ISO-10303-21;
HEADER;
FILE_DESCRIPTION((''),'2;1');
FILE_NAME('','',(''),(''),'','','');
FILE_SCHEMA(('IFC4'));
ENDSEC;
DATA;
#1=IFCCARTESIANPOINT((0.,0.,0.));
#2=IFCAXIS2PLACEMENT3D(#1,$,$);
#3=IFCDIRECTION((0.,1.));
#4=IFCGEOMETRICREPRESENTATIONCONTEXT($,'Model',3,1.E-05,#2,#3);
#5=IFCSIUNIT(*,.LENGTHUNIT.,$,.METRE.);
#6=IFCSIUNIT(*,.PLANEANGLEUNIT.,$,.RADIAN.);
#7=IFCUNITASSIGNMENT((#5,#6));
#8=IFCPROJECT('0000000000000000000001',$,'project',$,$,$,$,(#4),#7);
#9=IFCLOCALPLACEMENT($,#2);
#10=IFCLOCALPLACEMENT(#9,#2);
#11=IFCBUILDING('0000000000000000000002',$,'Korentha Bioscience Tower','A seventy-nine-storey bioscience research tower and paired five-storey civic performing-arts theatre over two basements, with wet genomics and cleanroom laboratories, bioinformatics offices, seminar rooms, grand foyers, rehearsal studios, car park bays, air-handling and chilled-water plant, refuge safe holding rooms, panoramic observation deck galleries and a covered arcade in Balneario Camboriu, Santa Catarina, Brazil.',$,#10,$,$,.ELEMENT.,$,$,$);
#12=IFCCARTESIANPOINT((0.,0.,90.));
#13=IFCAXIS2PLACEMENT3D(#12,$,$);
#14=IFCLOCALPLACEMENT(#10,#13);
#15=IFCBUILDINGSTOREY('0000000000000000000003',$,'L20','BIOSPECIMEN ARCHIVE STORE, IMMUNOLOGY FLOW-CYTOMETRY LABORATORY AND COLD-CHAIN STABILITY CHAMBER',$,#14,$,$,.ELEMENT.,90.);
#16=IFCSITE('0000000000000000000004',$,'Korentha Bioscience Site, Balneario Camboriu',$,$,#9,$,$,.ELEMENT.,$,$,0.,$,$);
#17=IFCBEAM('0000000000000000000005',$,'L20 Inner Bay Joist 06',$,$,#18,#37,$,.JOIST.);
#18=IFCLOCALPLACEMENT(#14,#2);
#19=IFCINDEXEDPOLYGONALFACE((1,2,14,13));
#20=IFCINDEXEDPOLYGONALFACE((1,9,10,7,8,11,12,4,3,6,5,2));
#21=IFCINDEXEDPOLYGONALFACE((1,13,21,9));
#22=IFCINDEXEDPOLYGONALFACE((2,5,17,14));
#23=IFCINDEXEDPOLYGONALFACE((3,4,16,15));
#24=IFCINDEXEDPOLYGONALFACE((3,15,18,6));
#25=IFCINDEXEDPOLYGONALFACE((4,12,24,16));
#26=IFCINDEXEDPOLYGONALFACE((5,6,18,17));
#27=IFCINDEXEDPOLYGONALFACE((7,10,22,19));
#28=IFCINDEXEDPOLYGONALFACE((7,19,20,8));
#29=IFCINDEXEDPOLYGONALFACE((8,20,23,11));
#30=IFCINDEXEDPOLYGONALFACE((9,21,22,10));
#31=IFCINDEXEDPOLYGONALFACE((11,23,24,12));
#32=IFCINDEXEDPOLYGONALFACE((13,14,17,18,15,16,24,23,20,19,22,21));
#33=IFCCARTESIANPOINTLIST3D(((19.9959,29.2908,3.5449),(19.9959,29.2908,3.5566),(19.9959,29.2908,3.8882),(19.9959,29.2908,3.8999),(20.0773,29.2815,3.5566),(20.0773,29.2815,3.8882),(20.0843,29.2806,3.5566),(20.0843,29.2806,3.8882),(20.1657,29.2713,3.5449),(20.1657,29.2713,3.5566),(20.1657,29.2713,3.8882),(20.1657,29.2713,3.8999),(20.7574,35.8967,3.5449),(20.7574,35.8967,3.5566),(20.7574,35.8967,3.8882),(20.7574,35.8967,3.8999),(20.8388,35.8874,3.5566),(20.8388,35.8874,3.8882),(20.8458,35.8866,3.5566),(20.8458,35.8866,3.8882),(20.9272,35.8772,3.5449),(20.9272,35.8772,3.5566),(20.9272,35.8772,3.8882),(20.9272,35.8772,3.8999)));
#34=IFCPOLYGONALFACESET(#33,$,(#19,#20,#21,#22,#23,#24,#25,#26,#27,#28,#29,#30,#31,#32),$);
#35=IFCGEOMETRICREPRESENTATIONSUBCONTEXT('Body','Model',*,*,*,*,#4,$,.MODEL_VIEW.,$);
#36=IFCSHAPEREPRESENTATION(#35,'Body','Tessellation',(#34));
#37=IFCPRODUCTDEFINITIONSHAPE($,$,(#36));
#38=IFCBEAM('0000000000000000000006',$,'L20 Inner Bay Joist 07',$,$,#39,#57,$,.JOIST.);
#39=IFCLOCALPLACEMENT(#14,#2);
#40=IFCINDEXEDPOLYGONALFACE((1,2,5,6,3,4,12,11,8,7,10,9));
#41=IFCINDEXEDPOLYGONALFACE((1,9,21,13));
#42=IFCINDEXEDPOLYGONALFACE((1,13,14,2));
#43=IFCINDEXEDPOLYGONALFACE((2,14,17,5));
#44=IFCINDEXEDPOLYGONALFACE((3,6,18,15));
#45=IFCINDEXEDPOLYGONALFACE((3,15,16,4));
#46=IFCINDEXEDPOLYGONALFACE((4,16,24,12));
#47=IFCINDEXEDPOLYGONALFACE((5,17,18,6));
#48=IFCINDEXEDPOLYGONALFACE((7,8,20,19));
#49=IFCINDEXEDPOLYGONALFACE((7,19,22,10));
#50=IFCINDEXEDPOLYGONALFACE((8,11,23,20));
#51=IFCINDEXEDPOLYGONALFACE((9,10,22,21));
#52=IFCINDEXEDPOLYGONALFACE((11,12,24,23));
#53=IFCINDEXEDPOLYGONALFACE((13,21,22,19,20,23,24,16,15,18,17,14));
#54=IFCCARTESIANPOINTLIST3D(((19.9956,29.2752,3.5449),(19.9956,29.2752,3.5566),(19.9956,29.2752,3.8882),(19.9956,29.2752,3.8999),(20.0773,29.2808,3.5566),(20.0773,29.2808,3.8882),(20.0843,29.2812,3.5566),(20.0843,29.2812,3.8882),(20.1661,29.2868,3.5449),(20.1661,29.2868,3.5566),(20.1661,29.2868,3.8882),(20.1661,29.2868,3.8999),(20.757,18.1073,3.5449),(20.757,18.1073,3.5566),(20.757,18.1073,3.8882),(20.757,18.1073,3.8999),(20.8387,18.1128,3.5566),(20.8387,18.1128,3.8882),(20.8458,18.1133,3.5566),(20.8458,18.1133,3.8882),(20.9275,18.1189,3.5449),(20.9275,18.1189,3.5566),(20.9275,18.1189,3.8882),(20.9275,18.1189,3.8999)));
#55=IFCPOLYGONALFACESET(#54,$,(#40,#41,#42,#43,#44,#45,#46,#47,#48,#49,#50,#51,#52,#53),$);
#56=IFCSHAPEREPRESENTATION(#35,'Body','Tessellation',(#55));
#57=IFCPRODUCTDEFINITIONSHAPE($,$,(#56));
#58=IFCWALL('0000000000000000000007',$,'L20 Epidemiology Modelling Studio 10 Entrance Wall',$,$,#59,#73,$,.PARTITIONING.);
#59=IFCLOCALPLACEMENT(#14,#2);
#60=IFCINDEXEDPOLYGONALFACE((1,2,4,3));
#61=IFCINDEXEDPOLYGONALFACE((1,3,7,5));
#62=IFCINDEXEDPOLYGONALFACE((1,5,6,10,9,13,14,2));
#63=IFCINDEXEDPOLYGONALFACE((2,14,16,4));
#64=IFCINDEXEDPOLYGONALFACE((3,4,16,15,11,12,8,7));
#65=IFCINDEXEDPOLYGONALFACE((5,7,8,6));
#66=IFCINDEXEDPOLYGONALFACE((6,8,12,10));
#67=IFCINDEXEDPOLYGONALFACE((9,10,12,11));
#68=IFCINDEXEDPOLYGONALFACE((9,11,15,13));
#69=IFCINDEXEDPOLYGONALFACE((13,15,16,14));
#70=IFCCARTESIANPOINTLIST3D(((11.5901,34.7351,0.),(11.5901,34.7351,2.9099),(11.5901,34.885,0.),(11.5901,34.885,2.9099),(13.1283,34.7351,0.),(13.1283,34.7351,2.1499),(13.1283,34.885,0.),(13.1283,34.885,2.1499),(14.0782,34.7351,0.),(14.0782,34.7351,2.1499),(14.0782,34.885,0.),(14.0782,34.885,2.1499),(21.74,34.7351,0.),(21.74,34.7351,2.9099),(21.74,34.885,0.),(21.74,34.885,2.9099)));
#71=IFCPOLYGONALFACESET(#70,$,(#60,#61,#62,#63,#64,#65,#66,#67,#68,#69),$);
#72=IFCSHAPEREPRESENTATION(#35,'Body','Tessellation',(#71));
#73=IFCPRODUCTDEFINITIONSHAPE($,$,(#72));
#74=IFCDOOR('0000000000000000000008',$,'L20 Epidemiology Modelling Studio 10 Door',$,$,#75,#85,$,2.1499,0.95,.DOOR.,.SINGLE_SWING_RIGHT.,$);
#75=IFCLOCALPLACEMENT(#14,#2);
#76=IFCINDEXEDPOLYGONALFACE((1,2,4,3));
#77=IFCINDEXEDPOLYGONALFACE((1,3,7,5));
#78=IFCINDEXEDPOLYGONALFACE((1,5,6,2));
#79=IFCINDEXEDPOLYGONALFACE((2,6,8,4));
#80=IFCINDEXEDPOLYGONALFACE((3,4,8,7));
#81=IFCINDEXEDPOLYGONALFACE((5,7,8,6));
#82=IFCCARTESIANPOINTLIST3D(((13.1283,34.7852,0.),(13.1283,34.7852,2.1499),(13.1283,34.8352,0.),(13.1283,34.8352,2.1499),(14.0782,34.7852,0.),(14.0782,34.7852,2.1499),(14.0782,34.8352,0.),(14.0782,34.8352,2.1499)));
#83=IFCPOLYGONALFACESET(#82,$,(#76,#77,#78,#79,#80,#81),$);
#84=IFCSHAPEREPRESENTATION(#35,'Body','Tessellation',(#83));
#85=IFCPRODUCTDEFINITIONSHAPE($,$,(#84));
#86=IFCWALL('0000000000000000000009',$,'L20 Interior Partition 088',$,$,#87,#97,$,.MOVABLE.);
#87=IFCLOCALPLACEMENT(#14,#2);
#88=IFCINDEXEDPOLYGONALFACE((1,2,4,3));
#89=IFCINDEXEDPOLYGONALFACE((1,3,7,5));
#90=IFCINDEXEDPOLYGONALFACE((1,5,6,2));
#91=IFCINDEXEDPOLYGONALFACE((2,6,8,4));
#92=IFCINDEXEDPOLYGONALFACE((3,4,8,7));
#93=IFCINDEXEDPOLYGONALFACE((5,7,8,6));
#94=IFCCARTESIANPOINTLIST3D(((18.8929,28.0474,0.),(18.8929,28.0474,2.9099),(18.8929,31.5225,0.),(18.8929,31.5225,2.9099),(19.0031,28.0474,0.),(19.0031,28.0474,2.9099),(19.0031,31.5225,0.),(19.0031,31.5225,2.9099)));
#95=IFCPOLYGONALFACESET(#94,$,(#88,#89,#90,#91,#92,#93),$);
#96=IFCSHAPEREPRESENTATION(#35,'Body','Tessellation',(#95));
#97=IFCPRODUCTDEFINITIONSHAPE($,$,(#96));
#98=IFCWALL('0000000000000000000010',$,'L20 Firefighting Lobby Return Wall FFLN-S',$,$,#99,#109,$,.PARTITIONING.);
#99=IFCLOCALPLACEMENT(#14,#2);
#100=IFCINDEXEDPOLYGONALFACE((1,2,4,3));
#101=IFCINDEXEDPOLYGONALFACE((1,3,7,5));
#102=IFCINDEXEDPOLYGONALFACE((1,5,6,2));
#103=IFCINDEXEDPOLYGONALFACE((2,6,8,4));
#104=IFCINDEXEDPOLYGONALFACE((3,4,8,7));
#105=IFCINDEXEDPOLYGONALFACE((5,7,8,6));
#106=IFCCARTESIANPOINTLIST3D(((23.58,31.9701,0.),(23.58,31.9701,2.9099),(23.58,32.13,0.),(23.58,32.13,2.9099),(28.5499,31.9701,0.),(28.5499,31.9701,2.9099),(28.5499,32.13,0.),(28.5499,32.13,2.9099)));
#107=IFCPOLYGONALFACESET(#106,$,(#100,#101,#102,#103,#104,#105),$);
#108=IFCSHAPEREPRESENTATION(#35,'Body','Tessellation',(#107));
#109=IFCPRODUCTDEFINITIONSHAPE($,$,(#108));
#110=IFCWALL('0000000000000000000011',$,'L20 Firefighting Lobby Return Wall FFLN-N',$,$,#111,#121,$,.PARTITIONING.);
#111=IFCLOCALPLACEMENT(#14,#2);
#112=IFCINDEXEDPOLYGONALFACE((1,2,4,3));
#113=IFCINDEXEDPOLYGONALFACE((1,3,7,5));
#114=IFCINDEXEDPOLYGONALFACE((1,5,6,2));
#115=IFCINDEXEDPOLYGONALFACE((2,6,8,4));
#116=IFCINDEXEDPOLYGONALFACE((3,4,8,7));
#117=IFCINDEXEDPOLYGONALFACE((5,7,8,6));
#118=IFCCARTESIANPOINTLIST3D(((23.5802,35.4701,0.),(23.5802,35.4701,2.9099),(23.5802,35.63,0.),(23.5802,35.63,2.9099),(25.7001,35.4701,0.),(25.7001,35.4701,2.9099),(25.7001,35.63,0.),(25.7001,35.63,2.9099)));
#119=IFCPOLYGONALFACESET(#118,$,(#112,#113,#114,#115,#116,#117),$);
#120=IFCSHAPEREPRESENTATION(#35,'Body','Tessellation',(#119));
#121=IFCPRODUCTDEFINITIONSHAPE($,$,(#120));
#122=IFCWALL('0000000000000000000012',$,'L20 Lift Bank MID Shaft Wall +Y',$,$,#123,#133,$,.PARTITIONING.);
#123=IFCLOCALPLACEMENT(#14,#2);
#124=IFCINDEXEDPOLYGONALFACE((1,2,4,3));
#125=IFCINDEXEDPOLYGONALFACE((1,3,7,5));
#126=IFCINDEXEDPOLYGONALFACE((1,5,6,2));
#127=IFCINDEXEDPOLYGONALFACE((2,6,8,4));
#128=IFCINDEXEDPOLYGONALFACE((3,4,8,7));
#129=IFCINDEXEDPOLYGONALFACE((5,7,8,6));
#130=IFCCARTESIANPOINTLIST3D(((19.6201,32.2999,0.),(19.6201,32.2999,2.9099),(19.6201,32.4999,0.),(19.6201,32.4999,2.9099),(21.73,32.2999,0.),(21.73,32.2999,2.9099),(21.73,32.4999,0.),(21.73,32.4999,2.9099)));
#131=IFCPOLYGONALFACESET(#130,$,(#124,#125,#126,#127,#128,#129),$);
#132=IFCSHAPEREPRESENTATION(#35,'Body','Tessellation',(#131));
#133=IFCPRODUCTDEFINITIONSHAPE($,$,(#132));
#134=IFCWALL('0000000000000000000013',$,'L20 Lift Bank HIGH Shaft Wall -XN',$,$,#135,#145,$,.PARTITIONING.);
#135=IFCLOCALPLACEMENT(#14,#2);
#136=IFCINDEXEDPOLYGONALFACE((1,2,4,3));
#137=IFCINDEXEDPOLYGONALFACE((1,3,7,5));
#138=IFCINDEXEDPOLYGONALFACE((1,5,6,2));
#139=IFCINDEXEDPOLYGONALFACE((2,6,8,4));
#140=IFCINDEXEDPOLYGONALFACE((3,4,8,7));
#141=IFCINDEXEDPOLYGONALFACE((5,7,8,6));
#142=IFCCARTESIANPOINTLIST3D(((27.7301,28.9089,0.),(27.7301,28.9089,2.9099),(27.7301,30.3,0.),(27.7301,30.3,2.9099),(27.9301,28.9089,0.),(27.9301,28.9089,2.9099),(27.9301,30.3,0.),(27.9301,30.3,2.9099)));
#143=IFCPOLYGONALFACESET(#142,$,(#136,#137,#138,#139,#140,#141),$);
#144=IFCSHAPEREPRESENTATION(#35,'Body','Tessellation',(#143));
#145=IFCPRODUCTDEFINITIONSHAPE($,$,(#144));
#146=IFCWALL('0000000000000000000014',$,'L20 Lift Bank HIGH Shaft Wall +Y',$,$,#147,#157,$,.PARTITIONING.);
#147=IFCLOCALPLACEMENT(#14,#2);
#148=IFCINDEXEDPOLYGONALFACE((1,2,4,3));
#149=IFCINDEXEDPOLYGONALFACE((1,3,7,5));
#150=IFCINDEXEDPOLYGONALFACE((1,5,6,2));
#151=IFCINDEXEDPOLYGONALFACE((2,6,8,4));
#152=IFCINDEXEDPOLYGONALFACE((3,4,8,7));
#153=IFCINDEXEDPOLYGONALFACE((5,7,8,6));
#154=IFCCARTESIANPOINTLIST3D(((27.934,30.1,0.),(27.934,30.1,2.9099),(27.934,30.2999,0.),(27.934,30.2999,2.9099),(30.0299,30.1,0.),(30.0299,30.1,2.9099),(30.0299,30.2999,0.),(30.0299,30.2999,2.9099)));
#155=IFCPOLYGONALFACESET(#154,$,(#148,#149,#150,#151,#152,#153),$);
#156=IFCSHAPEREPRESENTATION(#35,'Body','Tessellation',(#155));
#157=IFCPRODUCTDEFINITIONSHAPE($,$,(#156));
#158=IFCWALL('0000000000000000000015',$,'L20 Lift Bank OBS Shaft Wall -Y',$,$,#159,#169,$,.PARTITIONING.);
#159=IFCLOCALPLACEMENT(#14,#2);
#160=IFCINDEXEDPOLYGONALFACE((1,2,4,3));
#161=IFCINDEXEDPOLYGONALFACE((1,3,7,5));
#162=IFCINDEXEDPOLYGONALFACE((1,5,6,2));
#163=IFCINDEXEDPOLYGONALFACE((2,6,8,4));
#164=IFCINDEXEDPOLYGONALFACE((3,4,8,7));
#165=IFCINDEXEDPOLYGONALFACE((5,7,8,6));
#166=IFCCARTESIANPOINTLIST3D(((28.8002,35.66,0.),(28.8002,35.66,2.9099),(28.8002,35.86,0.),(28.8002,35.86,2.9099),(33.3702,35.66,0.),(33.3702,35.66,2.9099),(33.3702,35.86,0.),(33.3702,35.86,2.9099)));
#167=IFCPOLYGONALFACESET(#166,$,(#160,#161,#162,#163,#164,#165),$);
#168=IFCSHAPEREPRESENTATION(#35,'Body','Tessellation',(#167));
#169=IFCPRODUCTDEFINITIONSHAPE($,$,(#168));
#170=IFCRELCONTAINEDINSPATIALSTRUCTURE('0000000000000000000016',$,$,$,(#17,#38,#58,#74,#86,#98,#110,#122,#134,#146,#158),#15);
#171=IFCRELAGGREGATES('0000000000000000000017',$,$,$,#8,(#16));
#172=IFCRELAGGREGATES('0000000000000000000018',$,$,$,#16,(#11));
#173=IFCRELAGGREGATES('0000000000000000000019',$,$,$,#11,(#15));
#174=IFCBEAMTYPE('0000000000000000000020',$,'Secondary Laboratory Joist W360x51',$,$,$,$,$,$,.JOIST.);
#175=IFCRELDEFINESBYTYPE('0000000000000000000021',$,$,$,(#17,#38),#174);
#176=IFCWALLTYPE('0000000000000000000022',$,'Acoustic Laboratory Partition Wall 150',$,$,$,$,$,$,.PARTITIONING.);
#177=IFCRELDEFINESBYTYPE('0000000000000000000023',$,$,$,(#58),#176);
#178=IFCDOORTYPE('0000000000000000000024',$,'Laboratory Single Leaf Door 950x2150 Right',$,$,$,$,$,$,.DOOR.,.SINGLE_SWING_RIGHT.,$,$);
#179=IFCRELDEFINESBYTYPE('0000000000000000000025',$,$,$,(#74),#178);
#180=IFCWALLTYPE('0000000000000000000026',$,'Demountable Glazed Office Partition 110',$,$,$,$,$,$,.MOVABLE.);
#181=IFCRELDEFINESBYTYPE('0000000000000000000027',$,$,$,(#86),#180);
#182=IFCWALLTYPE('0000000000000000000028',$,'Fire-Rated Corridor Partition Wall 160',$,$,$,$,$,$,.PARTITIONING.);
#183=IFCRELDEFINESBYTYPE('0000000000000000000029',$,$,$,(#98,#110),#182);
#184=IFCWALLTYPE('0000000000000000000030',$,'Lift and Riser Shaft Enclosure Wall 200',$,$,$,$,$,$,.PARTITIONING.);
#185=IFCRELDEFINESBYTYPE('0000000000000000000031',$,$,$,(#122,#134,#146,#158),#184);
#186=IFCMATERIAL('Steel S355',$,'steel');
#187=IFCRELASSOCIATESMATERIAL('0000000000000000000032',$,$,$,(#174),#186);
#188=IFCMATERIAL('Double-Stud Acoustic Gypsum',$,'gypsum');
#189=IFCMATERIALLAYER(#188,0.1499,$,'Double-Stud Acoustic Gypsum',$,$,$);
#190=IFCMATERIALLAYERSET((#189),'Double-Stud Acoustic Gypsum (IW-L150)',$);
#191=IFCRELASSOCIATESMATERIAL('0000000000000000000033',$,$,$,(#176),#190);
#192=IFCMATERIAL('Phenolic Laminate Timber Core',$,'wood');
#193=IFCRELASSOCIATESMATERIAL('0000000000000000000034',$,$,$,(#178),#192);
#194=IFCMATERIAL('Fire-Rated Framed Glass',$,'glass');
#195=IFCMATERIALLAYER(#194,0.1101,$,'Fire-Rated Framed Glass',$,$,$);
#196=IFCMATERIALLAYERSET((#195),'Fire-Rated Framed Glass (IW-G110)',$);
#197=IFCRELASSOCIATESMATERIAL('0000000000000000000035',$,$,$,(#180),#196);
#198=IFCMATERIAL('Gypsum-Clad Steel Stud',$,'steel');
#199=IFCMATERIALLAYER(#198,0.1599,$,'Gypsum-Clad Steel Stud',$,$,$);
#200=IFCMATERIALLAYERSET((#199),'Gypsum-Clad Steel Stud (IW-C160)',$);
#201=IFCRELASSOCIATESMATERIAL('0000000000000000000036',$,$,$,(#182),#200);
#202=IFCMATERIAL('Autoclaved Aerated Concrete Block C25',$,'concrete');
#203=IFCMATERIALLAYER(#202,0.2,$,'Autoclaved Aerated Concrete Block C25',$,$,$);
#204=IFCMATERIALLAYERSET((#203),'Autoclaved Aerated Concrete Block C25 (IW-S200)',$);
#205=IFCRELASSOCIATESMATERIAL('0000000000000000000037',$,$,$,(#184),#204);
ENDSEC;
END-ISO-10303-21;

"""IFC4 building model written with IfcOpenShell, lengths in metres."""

from ifc_helpers import new_model, si_unit, direction, frame, frame_2d, origin, origin_2d, place, context, subcontext, project, spatial, rectangle, i_section, extrude, material, layer, layer_set, material_profile, profile_set, type_object, element, fill, save


model = new_model("IFC4")

# Units and contexts
model_context = context("Model", 3, precision=1e-05, world=origin(), true_north=direction((0.0, 1.0)))
body_context = subcontext(model_context, "Body", "Model", "MODEL_VIEW")
ifc_project = project(units=[si_unit("LENGTHUNIT", "METRE"), si_unit("PLANEANGLEUNIT", "RADIAN")], contexts=[model_context])

# Site, building, storey
site_placement = place(None, origin())
site = spatial("IfcSite", under=ifc_project, at=site_placement, Name="Korentha Bioscience Site, Balneario Camboriu", CompositionType="ELEMENT", RefElevation=0.0)
building_placement = place(site_placement, origin())
building = spatial("IfcBuilding", under=site, at=building_placement, Name="Korentha Bioscience Tower", Description="A seventy-nine-storey bioscience research tower and paired five-storey civic performing-arts theatre over two basements, with wet genomics and cleanroom laboratories, bioinformatics offices, seminar rooms, grand foyers, rehearsal studios, car park bays, air-handling and chilled-water plant, refuge safe holding rooms, panoramic observation deck galleries and a covered arcade in Balneario Camboriu, Santa Catarina, Brazil.", CompositionType="ELEMENT")
storey_placement = place(building_placement, frame((0.0, 0.0, 90.0)))
storey = spatial("IfcBuildingStorey", under=building, at=storey_placement, Name="L20", Description="BIOSPECIMEN ARCHIVE STORE, IMMUNOLOGY FLOW-CYTOMETRY LABORATORY AND COLD-CHAIN STABILITY CHAMBER", CompositionType="ELEMENT", Elevation=90.0)

# Beams
ifc_material_1 = material(Name="Steel S355", Category="steel")
ifc_material_profile_1 = material_profile(ifc_material_1, i_section(OverallWidth=0.1709, OverallDepth=0.355, WebThickness=0.0071, FlangeThickness=0.0117, at=origin_2d()), Name="Steel S355")
ifc_profile_set_1 = profile_set([ifc_material_profile_1], Name="Steel S355 (JB-360)")
beam_type_1 = type_object("IfcBeamType", Name="Secondary Laboratory Joist W360x51", PredefinedType="JOIST", material=ifc_profile_set_1)
beam_1_placement = place(storey_placement, frame((20.8423, 35.887, 3.7224), z_axis=(-0.114513, -0.993422, 0.0), x_axis=(0.993422, -0.114513, 0.0)))
element("IfcBeam", 1, at=beam_1_placement, inside=storey, type_object=beam_type_1, Name="L20 Inner Bay Joist 06", PredefinedType="JOIST", context=body_context, shape_type="SweptSolid", body=[
    extrude(i_section(OverallWidth=0.1709, OverallDepth=0.355, WebThickness=0.0071, FlangeThickness=0.0117, at=origin_2d()), origin(), (0.0, 0.0, 1.0), 6.6497),
])
beam_2_placement = place(storey_placement, frame((20.0808, 29.281, 3.7224), z_axis=(0.068026, -0.997684, 0.0), x_axis=(0.997684, 0.068026, 0.0)))
element("IfcBeam", 2, at=beam_2_placement, inside=storey, type_object=beam_type_1, Name="L20 Inner Bay Joist 07", PredefinedType="JOIST", context=body_context, shape_type="SweptSolid", body=[
    extrude(i_section(OverallWidth=0.1709, OverallDepth=0.355, WebThickness=0.0071, FlangeThickness=0.0117, at=origin_2d()), origin(), (0.0, 0.0, 1.0), 11.1938),
])

# Wall, opening, door
ifc_material_2 = material(Name="Double-Stud Acoustic Gypsum", Category="gypsum")
ifc_layer_1 = layer(ifc_material_2, 0.1499, Name="Double-Stud Acoustic Gypsum")
ifc_layer_set_1 = layer_set([ifc_layer_1], Name="Double-Stud Acoustic Gypsum (IW-L150)")
wall_type_1 = type_object("IfcWallType", Name="Acoustic Laboratory Partition Wall 150", PredefinedType="PARTITIONING", material=ifc_layer_set_1)
wall_1_placement = place(storey_placement, frame((21.74, 34.8101, 0.0), z_axis=(0.0, 0.0, 1.0), x_axis=(-1.0, 0.0, 0.0)))
wall_1 = element("IfcWall", 3, at=wall_1_placement, inside=storey, type_object=wall_type_1, Name="L20 Epidemiology Modelling Studio 10 Entrance Wall", PredefinedType="PARTITIONING", context=body_context, shape_type="SweptSolid", body=[
    extrude(rectangle(XDim=10.1499, YDim=0.1499, at=frame_2d((5.075, 0.0))), origin(), (0.0, 0.0, 1.0), 2.9099),
])
opening_1_placement = place(wall_1_placement, frame((7.6616, 0.0, 0.0)))
opening_1 = element("IfcOpeningElement", 4, at=opening_1_placement, cuts=wall_1, PredefinedType="OPENING", context=body_context, shape_type="SweptSolid", body=[
    extrude(rectangle(XDim=0.95, YDim=2.1499, at=frame_2d((0.4751, 1.075))), frame((0.0, 0.0898, 0.0), z_axis=(0.0, -1.0, 0.0), x_axis=(1.0, 0.0, 0.0)), (0.0, 0.0, 1.0), 0.1797),
])
ifc_material_3 = material(Name="Phenolic Laminate Timber Core", Category="wood")
door_type_1 = type_object("IfcDoorType", Name="Laboratory Single Leaf Door 950x2150 Right", OperationType="SINGLE_SWING_RIGHT", PredefinedType="DOOR", material=ifc_material_3)
door_1_placement = place(opening_1_placement, origin())
door_1 = element("IfcDoor", 5, at=door_1_placement, inside=storey, type_object=door_type_1, Name="L20 Epidemiology Modelling Studio 10 Door", OperationType="SINGLE_SWING_RIGHT", OverallHeight=2.1499, OverallWidth=0.95, PredefinedType="DOOR", context=body_context, shape_type="SweptSolid", body=[
    extrude(rectangle(XDim=0.95, YDim=2.1499, at=frame_2d((0.4751, 1.075))), frame((0.0, 0.0249, 0.0), z_axis=(0.0, -1.0, 0.0), x_axis=(1.0, 0.0, 0.0)), (0.0, 0.0, 1.0), 0.05),
])
fill(opening_1, door_1)

# Wall
ifc_material_4 = material(Name="Fire-Rated Framed Glass", Category="glass")
ifc_layer_2 = layer(ifc_material_4, 0.1101, Name="Fire-Rated Framed Glass")
ifc_layer_set_2 = layer_set([ifc_layer_2], Name="Fire-Rated Framed Glass (IW-G110)")
wall_type_2 = type_object("IfcWallType", Name="Demountable Glazed Office Partition 110", PredefinedType="MOVABLE", material=ifc_layer_set_2)
wall_2_placement = place(storey_placement, frame((18.948, 31.5225, 0.0), z_axis=(0.0, 0.0, 1.0), x_axis=(0.0, -1.0, 0.0)))
element("IfcWall", 6, at=wall_2_placement, inside=storey, type_object=wall_type_2, Name="L20 Interior Partition 088", PredefinedType="MOVABLE", context=body_context, shape_type="SweptSolid", body=[
    extrude(rectangle(XDim=3.4751, YDim=0.1101, at=frame_2d((1.7375, 0.0))), origin(), (0.0, 0.0, 1.0), 2.9099),
])

# Shared definitions
ifc_material_5 = material(Name="Gypsum-Clad Steel Stud", Category="steel")
ifc_layer_3 = layer(ifc_material_5, 0.1599, Name="Gypsum-Clad Steel Stud")
ifc_layer_set_3 = layer_set([ifc_layer_3], Name="Gypsum-Clad Steel Stud (IW-C160)")
wall_type_3 = type_object("IfcWallType", Name="Fire-Rated Corridor Partition Wall 160", PredefinedType="PARTITIONING", material=ifc_layer_set_3)

# Walls
wall_3_placement = place(storey_placement, frame((23.5801, 32.05, 0.0), z_axis=(0.0, 0.0, 1.0), x_axis=(1.0, 0.0, 0.0)))
element("IfcWall", 7, at=wall_3_placement, inside=storey, type_object=wall_type_3, Name="L20 Firefighting Lobby Return Wall FFLN-S", PredefinedType="PARTITIONING", context=body_context, shape_type="SweptSolid", body=[
    extrude(rectangle(XDim=4.97, YDim=0.1599, at=frame_2d((2.4849, 0.0))), origin(), (0.0, 0.0, 1.0), 2.9099),
])
wall_4_placement = place(storey_placement, frame((23.5801, 35.55, 0.0), z_axis=(0.0, 0.0, 1.0), x_axis=(1.0, 0.0, 0.0)))
element("IfcWall", 8, at=wall_4_placement, inside=storey, type_object=wall_type_3, Name="L20 Firefighting Lobby Return Wall FFLN-N", PredefinedType="PARTITIONING", context=body_context, shape_type="SweptSolid", body=[
    extrude(rectangle(XDim=2.1199, YDim=0.1599, at=frame_2d((1.0601, 0.0))), origin(), (0.0, 0.0, 1.0), 2.9099),
])
ifc_material_6 = material(Name="Autoclaved Aerated Concrete Block C25", Category="concrete")
ifc_layer_4 = layer(ifc_material_6, 0.2, Name="Autoclaved Aerated Concrete Block C25")
ifc_layer_set_4 = layer_set([ifc_layer_4], Name="Autoclaved Aerated Concrete Block C25 (IW-S200)")
wall_type_4 = type_object("IfcWallType", Name="Lift and Riser Shaft Enclosure Wall 200", PredefinedType="PARTITIONING", material=ifc_layer_set_4)
wall_5_placement = place(storey_placement, frame((19.6201, 32.3999, 0.0), z_axis=(0.0, 0.0, 1.0), x_axis=(1.0, 0.0, 0.0)))
element("IfcWall", 9, at=wall_5_placement, inside=storey, type_object=wall_type_4, Name="L20 Lift Bank MID Shaft Wall +Y", PredefinedType="PARTITIONING", context=body_context, shape_type="SweptSolid", body=[
    extrude(rectangle(XDim=2.1099, YDim=0.2, at=frame_2d((1.0549, 0.0))), origin(), (0.0, 0.0, 1.0), 2.9099),
])
wall_6_placement = place(storey_placement, frame((27.8301, 28.9089, 0.0), z_axis=(0.0, 0.0, 1.0), x_axis=(0.0, 1.0, 0.0)))
element("IfcWall", 10, at=wall_6_placement, inside=storey, type_object=wall_type_4, Name="L20 Lift Bank HIGH Shaft Wall -XN", PredefinedType="PARTITIONING", context=body_context, shape_type="SweptSolid", body=[
    extrude(rectangle(XDim=1.3911, YDim=0.2, at=frame_2d((0.6956, 0.0))), origin(), (0.0, 0.0, 1.0), 2.9099),
])
wall_7_placement = place(storey_placement, frame((27.9341, 30.2, 0.0), z_axis=(0.0, 0.0, 1.0), x_axis=(1.0, 0.0, 0.0)))
element("IfcWall", 11, at=wall_7_placement, inside=storey, type_object=wall_type_4, Name="L20 Lift Bank HIGH Shaft Wall +Y", PredefinedType="PARTITIONING", context=body_context, shape_type="SweptSolid", body=[
    extrude(rectangle(XDim=2.0959, YDim=0.2, at=frame_2d((1.0479, 0.0))), origin(), (0.0, 0.0, 1.0), 2.9099),
])
wall_8_placement = place(storey_placement, frame((28.8, 35.76, 0.0), z_axis=(0.0, 0.0, 1.0), x_axis=(1.0, 0.0, 0.0)))
element("IfcWall", 12, at=wall_8_placement, inside=storey, type_object=wall_type_4, Name="L20 Lift Bank OBS Shaft Wall -Y", PredefinedType="PARTITIONING", context=body_context, shape_type="SweptSolid", body=[
    extrude(rectangle(XDim=4.5701, YDim=0.2, at=frame_2d((2.2852, 0.0))), origin(), (0.0, 0.0, 1.0), 2.9099),
])

save(model, "model.ifc")
